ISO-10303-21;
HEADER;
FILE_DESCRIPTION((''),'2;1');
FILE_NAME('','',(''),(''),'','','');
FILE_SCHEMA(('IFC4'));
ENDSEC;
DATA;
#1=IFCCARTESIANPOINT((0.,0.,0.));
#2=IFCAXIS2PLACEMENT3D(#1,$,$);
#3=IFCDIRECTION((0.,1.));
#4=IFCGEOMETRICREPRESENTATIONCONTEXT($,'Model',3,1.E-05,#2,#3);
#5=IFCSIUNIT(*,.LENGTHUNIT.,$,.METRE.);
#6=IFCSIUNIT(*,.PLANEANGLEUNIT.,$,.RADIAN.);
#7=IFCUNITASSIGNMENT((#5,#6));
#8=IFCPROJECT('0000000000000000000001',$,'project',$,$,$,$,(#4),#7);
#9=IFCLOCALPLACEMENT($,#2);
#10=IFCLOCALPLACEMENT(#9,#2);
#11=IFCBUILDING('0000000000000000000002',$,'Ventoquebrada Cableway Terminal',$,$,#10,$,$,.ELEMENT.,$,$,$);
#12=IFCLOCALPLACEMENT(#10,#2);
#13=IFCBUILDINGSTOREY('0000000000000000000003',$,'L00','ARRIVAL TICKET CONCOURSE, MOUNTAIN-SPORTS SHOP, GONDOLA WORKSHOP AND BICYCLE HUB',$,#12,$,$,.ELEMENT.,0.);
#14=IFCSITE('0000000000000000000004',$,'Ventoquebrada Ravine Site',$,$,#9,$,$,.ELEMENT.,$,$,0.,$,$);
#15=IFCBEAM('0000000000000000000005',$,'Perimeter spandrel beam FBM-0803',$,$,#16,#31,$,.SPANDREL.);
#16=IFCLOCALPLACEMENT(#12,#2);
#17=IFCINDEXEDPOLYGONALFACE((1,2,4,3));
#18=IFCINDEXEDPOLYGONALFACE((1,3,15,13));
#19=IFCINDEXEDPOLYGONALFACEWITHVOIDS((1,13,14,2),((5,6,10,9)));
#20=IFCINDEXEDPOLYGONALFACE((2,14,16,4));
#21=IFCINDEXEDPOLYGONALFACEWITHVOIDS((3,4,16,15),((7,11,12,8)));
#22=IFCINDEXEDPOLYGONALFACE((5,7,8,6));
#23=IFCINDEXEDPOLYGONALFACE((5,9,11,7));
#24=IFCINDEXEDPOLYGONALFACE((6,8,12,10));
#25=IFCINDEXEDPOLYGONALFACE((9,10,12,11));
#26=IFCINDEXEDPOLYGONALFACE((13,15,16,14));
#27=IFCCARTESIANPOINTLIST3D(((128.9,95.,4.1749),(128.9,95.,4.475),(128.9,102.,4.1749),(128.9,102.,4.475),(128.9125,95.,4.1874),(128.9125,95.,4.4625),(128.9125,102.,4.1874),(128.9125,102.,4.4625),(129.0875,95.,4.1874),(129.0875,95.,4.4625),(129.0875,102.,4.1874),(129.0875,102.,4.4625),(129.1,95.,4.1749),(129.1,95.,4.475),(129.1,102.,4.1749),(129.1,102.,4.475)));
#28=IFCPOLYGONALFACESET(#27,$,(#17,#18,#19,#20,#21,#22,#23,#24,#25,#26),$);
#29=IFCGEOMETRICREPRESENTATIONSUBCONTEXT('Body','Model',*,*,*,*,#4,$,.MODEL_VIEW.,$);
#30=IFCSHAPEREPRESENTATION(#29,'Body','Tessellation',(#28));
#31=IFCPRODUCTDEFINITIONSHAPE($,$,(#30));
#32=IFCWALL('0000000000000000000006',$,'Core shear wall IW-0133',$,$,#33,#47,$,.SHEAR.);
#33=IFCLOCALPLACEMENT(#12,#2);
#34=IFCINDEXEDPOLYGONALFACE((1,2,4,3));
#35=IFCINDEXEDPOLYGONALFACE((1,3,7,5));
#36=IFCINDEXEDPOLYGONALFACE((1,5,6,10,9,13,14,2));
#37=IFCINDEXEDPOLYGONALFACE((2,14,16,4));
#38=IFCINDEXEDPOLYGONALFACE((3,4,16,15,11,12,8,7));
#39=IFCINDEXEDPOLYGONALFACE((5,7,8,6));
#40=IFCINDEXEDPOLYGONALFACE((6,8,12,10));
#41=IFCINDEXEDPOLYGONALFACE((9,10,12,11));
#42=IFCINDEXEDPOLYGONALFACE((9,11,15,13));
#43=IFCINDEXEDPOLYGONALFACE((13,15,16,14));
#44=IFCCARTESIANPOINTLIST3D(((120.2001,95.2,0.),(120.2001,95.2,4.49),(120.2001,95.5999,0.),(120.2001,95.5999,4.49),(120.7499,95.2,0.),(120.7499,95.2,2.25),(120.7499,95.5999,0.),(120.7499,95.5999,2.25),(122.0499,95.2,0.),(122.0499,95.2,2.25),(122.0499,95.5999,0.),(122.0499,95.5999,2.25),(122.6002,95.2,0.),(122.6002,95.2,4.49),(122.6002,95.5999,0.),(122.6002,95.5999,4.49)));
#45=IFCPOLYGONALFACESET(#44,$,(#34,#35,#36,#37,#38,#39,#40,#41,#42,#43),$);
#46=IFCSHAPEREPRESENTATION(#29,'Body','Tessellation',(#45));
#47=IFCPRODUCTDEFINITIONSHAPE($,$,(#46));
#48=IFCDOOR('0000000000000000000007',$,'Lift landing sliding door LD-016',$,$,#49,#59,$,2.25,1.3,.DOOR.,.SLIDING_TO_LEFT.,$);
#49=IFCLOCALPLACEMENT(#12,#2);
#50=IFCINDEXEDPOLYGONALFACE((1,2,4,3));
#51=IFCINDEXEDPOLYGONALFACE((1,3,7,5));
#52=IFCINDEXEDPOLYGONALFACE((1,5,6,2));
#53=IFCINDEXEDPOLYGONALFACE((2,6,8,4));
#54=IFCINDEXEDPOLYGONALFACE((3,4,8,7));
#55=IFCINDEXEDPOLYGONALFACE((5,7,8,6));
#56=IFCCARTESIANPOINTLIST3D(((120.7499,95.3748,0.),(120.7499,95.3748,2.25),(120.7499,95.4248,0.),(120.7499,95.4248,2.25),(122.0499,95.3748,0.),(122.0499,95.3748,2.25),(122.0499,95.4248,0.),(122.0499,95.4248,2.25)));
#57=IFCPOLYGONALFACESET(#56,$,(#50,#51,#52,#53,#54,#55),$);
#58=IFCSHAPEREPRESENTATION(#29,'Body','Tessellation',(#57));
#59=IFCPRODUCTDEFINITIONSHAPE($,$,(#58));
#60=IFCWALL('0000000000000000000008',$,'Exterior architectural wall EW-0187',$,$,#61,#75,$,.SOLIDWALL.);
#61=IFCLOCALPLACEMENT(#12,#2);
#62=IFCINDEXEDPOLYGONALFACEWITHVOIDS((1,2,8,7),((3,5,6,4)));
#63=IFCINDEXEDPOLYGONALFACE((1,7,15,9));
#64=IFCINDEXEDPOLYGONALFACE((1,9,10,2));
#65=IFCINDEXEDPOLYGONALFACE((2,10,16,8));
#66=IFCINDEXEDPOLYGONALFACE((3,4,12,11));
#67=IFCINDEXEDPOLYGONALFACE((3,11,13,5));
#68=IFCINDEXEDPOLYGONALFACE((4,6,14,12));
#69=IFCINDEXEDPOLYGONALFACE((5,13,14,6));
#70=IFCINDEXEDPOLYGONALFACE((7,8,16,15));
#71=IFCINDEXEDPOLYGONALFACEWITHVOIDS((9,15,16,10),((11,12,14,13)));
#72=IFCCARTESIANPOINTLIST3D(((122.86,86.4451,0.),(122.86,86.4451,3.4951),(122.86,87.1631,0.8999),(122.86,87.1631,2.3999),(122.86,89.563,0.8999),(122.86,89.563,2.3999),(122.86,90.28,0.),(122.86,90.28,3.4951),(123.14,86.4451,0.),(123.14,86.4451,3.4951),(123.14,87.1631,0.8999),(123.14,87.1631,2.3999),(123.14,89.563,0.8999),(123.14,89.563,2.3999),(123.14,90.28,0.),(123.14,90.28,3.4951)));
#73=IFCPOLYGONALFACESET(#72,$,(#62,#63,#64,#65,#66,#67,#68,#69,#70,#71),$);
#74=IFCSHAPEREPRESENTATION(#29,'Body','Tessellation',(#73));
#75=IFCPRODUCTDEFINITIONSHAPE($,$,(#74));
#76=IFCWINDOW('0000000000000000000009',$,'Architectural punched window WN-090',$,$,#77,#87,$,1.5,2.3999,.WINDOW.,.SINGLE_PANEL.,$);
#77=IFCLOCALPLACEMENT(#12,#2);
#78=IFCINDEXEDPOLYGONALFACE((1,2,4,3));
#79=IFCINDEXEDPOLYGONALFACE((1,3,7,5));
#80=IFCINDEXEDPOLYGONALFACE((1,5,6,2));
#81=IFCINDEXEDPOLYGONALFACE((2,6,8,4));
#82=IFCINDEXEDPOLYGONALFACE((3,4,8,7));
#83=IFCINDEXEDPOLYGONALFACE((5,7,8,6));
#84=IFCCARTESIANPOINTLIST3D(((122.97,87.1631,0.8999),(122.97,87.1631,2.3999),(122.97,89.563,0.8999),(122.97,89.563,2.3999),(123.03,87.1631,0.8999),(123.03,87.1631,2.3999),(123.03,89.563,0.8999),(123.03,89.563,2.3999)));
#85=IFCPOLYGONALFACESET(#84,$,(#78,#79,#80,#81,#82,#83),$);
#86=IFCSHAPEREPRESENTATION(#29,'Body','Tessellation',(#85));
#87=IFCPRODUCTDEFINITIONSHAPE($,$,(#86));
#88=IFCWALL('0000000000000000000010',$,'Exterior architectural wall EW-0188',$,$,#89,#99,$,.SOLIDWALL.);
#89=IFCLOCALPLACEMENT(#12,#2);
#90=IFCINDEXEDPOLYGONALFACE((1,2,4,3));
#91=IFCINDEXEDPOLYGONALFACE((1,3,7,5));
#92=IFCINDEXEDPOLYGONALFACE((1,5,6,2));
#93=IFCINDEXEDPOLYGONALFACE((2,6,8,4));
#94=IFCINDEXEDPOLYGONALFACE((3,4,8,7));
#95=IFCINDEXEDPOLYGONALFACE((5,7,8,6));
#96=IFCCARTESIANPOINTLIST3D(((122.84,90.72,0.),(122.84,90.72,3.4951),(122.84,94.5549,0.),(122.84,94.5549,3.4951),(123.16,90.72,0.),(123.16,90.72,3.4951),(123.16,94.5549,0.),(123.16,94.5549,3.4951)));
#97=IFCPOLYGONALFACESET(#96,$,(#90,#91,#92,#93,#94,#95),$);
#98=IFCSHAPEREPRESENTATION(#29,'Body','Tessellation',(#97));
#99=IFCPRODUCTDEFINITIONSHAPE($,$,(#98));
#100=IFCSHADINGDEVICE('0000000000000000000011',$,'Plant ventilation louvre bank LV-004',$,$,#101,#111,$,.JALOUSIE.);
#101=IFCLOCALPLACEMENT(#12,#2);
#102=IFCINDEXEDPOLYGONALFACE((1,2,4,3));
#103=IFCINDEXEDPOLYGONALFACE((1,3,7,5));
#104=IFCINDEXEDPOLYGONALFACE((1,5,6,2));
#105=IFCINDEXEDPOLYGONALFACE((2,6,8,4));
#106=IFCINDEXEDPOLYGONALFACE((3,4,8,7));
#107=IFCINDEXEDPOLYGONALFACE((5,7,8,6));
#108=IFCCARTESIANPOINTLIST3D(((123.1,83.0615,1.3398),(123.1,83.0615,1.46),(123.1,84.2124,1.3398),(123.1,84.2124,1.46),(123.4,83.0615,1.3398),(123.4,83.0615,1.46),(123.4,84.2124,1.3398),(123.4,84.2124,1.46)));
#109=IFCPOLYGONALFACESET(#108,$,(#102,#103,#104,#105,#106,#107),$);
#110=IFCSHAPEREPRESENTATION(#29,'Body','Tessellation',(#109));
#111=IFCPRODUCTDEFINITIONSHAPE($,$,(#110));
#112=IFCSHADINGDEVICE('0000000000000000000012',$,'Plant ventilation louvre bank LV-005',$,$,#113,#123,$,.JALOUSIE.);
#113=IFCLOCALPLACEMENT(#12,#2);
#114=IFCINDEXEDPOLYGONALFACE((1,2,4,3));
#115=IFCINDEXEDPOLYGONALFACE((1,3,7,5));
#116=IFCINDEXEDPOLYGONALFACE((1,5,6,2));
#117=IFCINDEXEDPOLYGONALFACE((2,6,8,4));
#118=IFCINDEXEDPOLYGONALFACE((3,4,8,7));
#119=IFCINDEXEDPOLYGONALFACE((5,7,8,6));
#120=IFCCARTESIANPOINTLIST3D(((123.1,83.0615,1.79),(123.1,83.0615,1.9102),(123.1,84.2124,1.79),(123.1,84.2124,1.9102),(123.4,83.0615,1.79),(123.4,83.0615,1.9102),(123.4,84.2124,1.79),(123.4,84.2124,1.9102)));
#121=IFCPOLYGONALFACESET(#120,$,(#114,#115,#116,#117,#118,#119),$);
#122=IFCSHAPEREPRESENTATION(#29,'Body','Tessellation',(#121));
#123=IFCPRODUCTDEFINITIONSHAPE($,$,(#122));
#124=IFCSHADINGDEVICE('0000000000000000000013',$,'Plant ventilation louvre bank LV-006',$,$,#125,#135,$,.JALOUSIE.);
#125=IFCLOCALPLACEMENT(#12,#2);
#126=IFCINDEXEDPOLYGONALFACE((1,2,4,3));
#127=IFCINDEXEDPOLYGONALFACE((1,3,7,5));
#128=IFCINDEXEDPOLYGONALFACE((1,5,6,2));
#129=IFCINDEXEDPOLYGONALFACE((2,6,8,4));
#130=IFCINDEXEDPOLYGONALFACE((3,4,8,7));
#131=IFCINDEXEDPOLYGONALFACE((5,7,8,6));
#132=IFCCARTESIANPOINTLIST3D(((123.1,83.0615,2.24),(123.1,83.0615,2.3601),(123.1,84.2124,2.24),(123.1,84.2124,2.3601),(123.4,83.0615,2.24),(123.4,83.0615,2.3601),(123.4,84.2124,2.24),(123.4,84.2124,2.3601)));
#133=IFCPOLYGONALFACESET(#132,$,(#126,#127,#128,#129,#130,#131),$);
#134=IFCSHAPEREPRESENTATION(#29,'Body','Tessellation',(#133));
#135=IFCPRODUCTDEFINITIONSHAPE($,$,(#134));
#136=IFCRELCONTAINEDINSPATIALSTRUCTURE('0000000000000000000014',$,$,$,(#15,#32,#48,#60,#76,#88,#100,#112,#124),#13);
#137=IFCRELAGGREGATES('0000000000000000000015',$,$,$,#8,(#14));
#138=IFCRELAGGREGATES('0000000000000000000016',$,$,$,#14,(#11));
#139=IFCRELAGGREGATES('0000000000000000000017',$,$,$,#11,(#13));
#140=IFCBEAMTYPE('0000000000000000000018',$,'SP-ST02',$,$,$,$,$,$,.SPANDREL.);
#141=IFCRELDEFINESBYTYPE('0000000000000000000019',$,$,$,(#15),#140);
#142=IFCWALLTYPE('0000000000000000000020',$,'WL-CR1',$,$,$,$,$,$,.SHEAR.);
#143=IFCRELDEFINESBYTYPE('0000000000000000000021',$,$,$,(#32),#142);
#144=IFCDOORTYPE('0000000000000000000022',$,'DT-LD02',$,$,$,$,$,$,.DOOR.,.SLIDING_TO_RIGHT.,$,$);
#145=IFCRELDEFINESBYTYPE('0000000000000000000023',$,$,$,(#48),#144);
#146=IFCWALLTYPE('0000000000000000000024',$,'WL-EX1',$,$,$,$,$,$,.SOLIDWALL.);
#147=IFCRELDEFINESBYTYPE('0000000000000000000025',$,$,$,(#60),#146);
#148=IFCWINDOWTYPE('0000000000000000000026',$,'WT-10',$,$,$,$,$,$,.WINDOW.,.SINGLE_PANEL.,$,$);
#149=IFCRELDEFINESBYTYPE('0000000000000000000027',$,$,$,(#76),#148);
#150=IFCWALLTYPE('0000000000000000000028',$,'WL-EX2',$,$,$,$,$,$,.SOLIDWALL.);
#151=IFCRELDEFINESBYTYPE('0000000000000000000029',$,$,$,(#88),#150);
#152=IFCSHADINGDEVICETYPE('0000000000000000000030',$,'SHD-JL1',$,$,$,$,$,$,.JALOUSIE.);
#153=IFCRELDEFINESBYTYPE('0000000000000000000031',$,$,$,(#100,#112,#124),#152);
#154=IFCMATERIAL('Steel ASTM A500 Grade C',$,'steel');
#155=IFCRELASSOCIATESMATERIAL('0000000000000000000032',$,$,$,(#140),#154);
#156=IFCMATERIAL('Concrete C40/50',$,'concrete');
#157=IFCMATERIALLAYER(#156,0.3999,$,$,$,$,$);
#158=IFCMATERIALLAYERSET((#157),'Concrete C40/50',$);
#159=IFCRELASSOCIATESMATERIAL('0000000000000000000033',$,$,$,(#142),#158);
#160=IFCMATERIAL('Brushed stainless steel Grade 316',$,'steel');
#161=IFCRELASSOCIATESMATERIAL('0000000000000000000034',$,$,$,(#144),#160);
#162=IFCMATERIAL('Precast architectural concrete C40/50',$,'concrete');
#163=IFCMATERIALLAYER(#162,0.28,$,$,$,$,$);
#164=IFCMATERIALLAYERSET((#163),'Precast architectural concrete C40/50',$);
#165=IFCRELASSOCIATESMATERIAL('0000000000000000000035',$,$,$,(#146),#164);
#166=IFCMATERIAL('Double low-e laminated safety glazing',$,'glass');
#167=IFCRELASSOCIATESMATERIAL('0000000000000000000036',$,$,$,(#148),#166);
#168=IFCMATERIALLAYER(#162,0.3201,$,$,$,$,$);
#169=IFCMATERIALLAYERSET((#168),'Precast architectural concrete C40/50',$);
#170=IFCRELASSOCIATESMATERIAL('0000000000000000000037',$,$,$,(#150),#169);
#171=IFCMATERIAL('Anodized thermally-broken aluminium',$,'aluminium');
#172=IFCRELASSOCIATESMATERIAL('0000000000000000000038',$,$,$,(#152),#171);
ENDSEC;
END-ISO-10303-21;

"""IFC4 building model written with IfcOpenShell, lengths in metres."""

from ifc_helpers import new_model, si_unit, direction, frame, frame_2d, origin, origin_2d, place, context, subcontext, project, spatial, rectangle, hollow_rectangle, extrude, material, layer, layer_set, material_profile, profile_set, type_object, element, fill, save


model = new_model("IFC4")

# Units and contexts
model_context = context("Model", 3, precision=1e-05, world=origin(), true_north=direction((0.0, 1.0)))
body_context = subcontext(model_context, "Body", "Model", "MODEL_VIEW")
ifc_project = project(units=[si_unit("LENGTHUNIT", "METRE"), si_unit("PLANEANGLEUNIT", "RADIAN")], contexts=[model_context])

# Site, building, storey
site_placement = place(None, origin())
site = spatial("IfcSite", under=ifc_project, at=site_placement, Name="Ventoquebrada Ravine Site", CompositionType="ELEMENT", RefElevation=0.0)
building_placement = place(site_placement, origin())
building = spatial("IfcBuilding", under=site, at=building_placement, Name="Ventoquebrada Cableway Terminal", CompositionType="ELEMENT")
storey_placement = place(building_placement, origin())
storey = spatial("IfcBuildingStorey", under=building, at=storey_placement, Name="L00", Description="ARRIVAL TICKET CONCOURSE, MOUNTAIN-SPORTS SHOP, GONDOLA WORKSHOP AND BICYCLE HUB", CompositionType="ELEMENT", Elevation=0.0)

# Shared definitions
ifc_material_1 = material(Name="Concrete C40/50", Category="concrete")

# Beam
ifc_material_2 = material(Name="Steel ASTM A500 Grade C", Category="steel")
ifc_material_profile_1 = material_profile(ifc_material_2, hollow_rectangle(XDim=0.2, YDim=0.3, WallThickness=0.0125, at=origin_2d()), Name="RHS300X200X12.5")
ifc_profile_set_1 = profile_set([ifc_material_profile_1], Name="Steel ASTM A500 Grade C")
beam_type_1 = type_object("IfcBeamType", Name="SP-ST02", PredefinedType="SPANDREL", material=ifc_profile_set_1)
beam_placement = place(storey_placement, frame((129.0, 95.0, 4.325), z_axis=(0.0, 1.0, 0.0), x_axis=(-1.0, 0.0, 0.0)))
element("IfcBeam", 1, at=beam_placement, inside=storey, type_object=beam_type_1, Name="Perimeter spandrel beam FBM-0803", PredefinedType="SPANDREL", context=body_context, shape_type="SweptSolid", body=[
    extrude(hollow_rectangle(XDim=0.2, YDim=0.3, WallThickness=0.0125, at=origin_2d()), origin(), (0.0, 0.0, 1.0), 7.0),
])

# Wall, opening, door
ifc_layer_1 = layer(ifc_material_1, 0.3999)
ifc_layer_set_1 = layer_set([ifc_layer_1], Name="Concrete C40/50")
wall_type_1 = type_object("IfcWallType", Name="WL-CR1", PredefinedType="SHEAR", material=ifc_layer_set_1)
wall_1_placement = place(storey_placement, frame((120.2, 95.3999, 0.0), z_axis=(0.0, 0.0, 1.0), x_axis=(1.0, 0.0, 0.0)))
wall_1 = element("IfcWall", 2, at=wall_1_placement, inside=storey, type_object=wall_type_1, Name="Core shear wall IW-0133", PredefinedType="SHEAR", context=body_context, shape_type="SweptSolid", body=[
    extrude(rectangle(XDim=2.4001, YDim=0.3999, at=frame_2d((1.2002, 0.0))), origin(), (0.0, 0.0, 1.0), 4.49),
])
opening_1_placement = place(wall_1_placement, frame((0.55, 0.0, 0.0)))
opening_1 = element("IfcOpeningElement", 3, at=opening_1_placement, cuts=wall_1, PredefinedType="OPENING", context=body_context, shape_type="SweptSolid", body=[
    extrude(rectangle(XDim=1.3, YDim=2.25, at=frame_2d((0.6499, 1.125))), frame((0.0, 0.21, 0.0), z_axis=(0.0, -1.0, 0.0), x_axis=(1.0, 0.0, 0.0)), (0.0, 0.0, 1.0), 0.4199),
])
ifc_material_3 = material(Name="Brushed stainless steel Grade 316", Category="steel")
door_type = type_object("IfcDoorType", Name="DT-LD02", OperationType="SLIDING_TO_RIGHT", PredefinedType="DOOR", material=ifc_material_3)
door_placement = place(opening_1_placement, origin())
door = element("IfcDoor", 4, at=door_placement, inside=storey, type_object=door_type, Name="Lift landing sliding door LD-016", OperationType="SLIDING_TO_LEFT", OverallHeight=2.25, OverallWidth=1.3, PredefinedType="DOOR", context=body_context, shape_type="SweptSolid", body=[
    extrude(rectangle(XDim=1.3, YDim=2.25, at=frame_2d((0.6499, 1.125))), frame((0.0, 0.0249, 0.0), z_axis=(0.0, -1.0, 0.0), x_axis=(1.0, 0.0, 0.0)), (0.0, 0.0, 1.0), 0.05),
])
fill(opening_1, door)

# Wall, opening, window
ifc_material_4 = material(Name="Precast architectural concrete C40/50", Category="concrete")
ifc_layer_2 = layer(ifc_material_4, 0.28)
ifc_layer_set_2 = layer_set([ifc_layer_2], Name="Precast architectural concrete C40/50")
wall_type_2 = type_object("IfcWallType", Name="WL-EX1", PredefinedType="SOLIDWALL", material=ifc_layer_set_2)
wall_2_placement = place(storey_placement, frame((123.0, 86.4451, 0.0), z_axis=(0.0, 0.0, 1.0), x_axis=(0.0, 1.0, 0.0)))
wall_2 = element("IfcWall", 5, at=wall_2_placement, inside=storey, type_object=wall_type_2, Name="Exterior architectural wall EW-0187", PredefinedType="SOLIDWALL", context=body_context, shape_type="SweptSolid", body=[
    extrude(rectangle(XDim=3.835, YDim=0.28, at=frame_2d((1.9175, 0.0))), origin(), (0.0, 0.0, 1.0), 3.4951),
])
opening_2_placement = place(wall_2_placement, frame((0.718, 0.0, 0.8999)))
opening_2 = element("IfcOpeningElement", 6, at=opening_2_placement, cuts=wall_2, PredefinedType="OPENING", context=body_context, shape_type="SweptSolid", body=[
    extrude(rectangle(XDim=2.3999, YDim=1.5, at=frame_2d((1.2, 0.75))), frame((0.0, 0.1499, 0.0), z_axis=(0.0, -1.0, 0.0), x_axis=(1.0, 0.0, 0.0)), (0.0, 0.0, 1.0), 0.3),
])
ifc_material_5 = material(Name="Double low-e laminated safety glazing", Category="glass")
window_type = type_object("IfcWindowType", Name="WT-10", PartitioningType="SINGLE_PANEL", PredefinedType="WINDOW", material=ifc_material_5)
window_placement = place(opening_2_placement, origin())
window = element("IfcWindow", 7, at=window_placement, inside=storey, type_object=window_type, Name="Architectural punched window WN-090", OverallHeight=1.5, OverallWidth=2.3999, PartitioningType="SINGLE_PANEL", PredefinedType="WINDOW", context=body_context, shape_type="SweptSolid", body=[
    extrude(rectangle(XDim=2.3999, YDim=1.5, at=frame_2d((1.2, 0.75))), frame((0.0, 0.03, 0.0), z_axis=(0.0, -1.0, 0.0), x_axis=(1.0, 0.0, 0.0)), (0.0, 0.0, 1.0), 0.0601),
])
fill(opening_2, window)

# Wall
ifc_layer_3 = layer(ifc_material_4, 0.3201)
ifc_layer_set_3 = layer_set([ifc_layer_3], Name="Precast architectural concrete C40/50")
wall_type_3 = type_object("IfcWallType", Name="WL-EX2", PredefinedType="SOLIDWALL", material=ifc_layer_set_3)
wall_3_placement = place(storey_placement, frame((123.0, 90.72, 0.0), z_axis=(0.0, 0.0, 1.0), x_axis=(0.0, 1.0, 0.0)))
element("IfcWall", 8, at=wall_3_placement, inside=storey, type_object=wall_type_3, Name="Exterior architectural wall EW-0188", PredefinedType="SOLIDWALL", context=body_context, shape_type="SweptSolid", body=[
    extrude(rectangle(XDim=3.835, YDim=0.3201, at=frame_2d((1.9175, 0.0))), origin(), (0.0, 0.0, 1.0), 3.4951),
])

# Shading devices
ifc_material_6 = material(Name="Anodized thermally-broken aluminium", Category="aluminium")
shading_device_type = type_object("IfcShadingDeviceType", Name="SHD-JL1", PredefinedType="JALOUSIE", material=ifc_material_6)
for number, where, z_axis, x_axis, name in (
    (9, (123.25, 83.637, 1.3398), (0.0, 0.0, 1.0), (0.0, 1.0, 0.0), "Plant ventilation louvre bank LV-004"),
    (10, (123.25, 83.637, 1.79), (0.0, 0.0, 1.0), (0.0, 1.0, 0.0), "Plant ventilation louvre bank LV-005"),
    (11, (123.25, 83.637, 2.24), (0.0, 0.0, 1.0), (0.0, 1.0, 0.0), "Plant ventilation louvre bank LV-006"),
):
    element("IfcShadingDevice", number, at=place(storey_placement, frame(where, z_axis=z_axis, x_axis=x_axis)), inside=storey, type_object=shading_device_type, Name=name, PredefinedType="JALOUSIE", context=body_context, shape_type="SweptSolid", body=[
        extrude(rectangle(XDim=1.1509, YDim=0.3, at=origin_2d()), origin(), (0.0, 0.0, 1.0), 0.1201),
    ])

save(model, "model.ifc")
